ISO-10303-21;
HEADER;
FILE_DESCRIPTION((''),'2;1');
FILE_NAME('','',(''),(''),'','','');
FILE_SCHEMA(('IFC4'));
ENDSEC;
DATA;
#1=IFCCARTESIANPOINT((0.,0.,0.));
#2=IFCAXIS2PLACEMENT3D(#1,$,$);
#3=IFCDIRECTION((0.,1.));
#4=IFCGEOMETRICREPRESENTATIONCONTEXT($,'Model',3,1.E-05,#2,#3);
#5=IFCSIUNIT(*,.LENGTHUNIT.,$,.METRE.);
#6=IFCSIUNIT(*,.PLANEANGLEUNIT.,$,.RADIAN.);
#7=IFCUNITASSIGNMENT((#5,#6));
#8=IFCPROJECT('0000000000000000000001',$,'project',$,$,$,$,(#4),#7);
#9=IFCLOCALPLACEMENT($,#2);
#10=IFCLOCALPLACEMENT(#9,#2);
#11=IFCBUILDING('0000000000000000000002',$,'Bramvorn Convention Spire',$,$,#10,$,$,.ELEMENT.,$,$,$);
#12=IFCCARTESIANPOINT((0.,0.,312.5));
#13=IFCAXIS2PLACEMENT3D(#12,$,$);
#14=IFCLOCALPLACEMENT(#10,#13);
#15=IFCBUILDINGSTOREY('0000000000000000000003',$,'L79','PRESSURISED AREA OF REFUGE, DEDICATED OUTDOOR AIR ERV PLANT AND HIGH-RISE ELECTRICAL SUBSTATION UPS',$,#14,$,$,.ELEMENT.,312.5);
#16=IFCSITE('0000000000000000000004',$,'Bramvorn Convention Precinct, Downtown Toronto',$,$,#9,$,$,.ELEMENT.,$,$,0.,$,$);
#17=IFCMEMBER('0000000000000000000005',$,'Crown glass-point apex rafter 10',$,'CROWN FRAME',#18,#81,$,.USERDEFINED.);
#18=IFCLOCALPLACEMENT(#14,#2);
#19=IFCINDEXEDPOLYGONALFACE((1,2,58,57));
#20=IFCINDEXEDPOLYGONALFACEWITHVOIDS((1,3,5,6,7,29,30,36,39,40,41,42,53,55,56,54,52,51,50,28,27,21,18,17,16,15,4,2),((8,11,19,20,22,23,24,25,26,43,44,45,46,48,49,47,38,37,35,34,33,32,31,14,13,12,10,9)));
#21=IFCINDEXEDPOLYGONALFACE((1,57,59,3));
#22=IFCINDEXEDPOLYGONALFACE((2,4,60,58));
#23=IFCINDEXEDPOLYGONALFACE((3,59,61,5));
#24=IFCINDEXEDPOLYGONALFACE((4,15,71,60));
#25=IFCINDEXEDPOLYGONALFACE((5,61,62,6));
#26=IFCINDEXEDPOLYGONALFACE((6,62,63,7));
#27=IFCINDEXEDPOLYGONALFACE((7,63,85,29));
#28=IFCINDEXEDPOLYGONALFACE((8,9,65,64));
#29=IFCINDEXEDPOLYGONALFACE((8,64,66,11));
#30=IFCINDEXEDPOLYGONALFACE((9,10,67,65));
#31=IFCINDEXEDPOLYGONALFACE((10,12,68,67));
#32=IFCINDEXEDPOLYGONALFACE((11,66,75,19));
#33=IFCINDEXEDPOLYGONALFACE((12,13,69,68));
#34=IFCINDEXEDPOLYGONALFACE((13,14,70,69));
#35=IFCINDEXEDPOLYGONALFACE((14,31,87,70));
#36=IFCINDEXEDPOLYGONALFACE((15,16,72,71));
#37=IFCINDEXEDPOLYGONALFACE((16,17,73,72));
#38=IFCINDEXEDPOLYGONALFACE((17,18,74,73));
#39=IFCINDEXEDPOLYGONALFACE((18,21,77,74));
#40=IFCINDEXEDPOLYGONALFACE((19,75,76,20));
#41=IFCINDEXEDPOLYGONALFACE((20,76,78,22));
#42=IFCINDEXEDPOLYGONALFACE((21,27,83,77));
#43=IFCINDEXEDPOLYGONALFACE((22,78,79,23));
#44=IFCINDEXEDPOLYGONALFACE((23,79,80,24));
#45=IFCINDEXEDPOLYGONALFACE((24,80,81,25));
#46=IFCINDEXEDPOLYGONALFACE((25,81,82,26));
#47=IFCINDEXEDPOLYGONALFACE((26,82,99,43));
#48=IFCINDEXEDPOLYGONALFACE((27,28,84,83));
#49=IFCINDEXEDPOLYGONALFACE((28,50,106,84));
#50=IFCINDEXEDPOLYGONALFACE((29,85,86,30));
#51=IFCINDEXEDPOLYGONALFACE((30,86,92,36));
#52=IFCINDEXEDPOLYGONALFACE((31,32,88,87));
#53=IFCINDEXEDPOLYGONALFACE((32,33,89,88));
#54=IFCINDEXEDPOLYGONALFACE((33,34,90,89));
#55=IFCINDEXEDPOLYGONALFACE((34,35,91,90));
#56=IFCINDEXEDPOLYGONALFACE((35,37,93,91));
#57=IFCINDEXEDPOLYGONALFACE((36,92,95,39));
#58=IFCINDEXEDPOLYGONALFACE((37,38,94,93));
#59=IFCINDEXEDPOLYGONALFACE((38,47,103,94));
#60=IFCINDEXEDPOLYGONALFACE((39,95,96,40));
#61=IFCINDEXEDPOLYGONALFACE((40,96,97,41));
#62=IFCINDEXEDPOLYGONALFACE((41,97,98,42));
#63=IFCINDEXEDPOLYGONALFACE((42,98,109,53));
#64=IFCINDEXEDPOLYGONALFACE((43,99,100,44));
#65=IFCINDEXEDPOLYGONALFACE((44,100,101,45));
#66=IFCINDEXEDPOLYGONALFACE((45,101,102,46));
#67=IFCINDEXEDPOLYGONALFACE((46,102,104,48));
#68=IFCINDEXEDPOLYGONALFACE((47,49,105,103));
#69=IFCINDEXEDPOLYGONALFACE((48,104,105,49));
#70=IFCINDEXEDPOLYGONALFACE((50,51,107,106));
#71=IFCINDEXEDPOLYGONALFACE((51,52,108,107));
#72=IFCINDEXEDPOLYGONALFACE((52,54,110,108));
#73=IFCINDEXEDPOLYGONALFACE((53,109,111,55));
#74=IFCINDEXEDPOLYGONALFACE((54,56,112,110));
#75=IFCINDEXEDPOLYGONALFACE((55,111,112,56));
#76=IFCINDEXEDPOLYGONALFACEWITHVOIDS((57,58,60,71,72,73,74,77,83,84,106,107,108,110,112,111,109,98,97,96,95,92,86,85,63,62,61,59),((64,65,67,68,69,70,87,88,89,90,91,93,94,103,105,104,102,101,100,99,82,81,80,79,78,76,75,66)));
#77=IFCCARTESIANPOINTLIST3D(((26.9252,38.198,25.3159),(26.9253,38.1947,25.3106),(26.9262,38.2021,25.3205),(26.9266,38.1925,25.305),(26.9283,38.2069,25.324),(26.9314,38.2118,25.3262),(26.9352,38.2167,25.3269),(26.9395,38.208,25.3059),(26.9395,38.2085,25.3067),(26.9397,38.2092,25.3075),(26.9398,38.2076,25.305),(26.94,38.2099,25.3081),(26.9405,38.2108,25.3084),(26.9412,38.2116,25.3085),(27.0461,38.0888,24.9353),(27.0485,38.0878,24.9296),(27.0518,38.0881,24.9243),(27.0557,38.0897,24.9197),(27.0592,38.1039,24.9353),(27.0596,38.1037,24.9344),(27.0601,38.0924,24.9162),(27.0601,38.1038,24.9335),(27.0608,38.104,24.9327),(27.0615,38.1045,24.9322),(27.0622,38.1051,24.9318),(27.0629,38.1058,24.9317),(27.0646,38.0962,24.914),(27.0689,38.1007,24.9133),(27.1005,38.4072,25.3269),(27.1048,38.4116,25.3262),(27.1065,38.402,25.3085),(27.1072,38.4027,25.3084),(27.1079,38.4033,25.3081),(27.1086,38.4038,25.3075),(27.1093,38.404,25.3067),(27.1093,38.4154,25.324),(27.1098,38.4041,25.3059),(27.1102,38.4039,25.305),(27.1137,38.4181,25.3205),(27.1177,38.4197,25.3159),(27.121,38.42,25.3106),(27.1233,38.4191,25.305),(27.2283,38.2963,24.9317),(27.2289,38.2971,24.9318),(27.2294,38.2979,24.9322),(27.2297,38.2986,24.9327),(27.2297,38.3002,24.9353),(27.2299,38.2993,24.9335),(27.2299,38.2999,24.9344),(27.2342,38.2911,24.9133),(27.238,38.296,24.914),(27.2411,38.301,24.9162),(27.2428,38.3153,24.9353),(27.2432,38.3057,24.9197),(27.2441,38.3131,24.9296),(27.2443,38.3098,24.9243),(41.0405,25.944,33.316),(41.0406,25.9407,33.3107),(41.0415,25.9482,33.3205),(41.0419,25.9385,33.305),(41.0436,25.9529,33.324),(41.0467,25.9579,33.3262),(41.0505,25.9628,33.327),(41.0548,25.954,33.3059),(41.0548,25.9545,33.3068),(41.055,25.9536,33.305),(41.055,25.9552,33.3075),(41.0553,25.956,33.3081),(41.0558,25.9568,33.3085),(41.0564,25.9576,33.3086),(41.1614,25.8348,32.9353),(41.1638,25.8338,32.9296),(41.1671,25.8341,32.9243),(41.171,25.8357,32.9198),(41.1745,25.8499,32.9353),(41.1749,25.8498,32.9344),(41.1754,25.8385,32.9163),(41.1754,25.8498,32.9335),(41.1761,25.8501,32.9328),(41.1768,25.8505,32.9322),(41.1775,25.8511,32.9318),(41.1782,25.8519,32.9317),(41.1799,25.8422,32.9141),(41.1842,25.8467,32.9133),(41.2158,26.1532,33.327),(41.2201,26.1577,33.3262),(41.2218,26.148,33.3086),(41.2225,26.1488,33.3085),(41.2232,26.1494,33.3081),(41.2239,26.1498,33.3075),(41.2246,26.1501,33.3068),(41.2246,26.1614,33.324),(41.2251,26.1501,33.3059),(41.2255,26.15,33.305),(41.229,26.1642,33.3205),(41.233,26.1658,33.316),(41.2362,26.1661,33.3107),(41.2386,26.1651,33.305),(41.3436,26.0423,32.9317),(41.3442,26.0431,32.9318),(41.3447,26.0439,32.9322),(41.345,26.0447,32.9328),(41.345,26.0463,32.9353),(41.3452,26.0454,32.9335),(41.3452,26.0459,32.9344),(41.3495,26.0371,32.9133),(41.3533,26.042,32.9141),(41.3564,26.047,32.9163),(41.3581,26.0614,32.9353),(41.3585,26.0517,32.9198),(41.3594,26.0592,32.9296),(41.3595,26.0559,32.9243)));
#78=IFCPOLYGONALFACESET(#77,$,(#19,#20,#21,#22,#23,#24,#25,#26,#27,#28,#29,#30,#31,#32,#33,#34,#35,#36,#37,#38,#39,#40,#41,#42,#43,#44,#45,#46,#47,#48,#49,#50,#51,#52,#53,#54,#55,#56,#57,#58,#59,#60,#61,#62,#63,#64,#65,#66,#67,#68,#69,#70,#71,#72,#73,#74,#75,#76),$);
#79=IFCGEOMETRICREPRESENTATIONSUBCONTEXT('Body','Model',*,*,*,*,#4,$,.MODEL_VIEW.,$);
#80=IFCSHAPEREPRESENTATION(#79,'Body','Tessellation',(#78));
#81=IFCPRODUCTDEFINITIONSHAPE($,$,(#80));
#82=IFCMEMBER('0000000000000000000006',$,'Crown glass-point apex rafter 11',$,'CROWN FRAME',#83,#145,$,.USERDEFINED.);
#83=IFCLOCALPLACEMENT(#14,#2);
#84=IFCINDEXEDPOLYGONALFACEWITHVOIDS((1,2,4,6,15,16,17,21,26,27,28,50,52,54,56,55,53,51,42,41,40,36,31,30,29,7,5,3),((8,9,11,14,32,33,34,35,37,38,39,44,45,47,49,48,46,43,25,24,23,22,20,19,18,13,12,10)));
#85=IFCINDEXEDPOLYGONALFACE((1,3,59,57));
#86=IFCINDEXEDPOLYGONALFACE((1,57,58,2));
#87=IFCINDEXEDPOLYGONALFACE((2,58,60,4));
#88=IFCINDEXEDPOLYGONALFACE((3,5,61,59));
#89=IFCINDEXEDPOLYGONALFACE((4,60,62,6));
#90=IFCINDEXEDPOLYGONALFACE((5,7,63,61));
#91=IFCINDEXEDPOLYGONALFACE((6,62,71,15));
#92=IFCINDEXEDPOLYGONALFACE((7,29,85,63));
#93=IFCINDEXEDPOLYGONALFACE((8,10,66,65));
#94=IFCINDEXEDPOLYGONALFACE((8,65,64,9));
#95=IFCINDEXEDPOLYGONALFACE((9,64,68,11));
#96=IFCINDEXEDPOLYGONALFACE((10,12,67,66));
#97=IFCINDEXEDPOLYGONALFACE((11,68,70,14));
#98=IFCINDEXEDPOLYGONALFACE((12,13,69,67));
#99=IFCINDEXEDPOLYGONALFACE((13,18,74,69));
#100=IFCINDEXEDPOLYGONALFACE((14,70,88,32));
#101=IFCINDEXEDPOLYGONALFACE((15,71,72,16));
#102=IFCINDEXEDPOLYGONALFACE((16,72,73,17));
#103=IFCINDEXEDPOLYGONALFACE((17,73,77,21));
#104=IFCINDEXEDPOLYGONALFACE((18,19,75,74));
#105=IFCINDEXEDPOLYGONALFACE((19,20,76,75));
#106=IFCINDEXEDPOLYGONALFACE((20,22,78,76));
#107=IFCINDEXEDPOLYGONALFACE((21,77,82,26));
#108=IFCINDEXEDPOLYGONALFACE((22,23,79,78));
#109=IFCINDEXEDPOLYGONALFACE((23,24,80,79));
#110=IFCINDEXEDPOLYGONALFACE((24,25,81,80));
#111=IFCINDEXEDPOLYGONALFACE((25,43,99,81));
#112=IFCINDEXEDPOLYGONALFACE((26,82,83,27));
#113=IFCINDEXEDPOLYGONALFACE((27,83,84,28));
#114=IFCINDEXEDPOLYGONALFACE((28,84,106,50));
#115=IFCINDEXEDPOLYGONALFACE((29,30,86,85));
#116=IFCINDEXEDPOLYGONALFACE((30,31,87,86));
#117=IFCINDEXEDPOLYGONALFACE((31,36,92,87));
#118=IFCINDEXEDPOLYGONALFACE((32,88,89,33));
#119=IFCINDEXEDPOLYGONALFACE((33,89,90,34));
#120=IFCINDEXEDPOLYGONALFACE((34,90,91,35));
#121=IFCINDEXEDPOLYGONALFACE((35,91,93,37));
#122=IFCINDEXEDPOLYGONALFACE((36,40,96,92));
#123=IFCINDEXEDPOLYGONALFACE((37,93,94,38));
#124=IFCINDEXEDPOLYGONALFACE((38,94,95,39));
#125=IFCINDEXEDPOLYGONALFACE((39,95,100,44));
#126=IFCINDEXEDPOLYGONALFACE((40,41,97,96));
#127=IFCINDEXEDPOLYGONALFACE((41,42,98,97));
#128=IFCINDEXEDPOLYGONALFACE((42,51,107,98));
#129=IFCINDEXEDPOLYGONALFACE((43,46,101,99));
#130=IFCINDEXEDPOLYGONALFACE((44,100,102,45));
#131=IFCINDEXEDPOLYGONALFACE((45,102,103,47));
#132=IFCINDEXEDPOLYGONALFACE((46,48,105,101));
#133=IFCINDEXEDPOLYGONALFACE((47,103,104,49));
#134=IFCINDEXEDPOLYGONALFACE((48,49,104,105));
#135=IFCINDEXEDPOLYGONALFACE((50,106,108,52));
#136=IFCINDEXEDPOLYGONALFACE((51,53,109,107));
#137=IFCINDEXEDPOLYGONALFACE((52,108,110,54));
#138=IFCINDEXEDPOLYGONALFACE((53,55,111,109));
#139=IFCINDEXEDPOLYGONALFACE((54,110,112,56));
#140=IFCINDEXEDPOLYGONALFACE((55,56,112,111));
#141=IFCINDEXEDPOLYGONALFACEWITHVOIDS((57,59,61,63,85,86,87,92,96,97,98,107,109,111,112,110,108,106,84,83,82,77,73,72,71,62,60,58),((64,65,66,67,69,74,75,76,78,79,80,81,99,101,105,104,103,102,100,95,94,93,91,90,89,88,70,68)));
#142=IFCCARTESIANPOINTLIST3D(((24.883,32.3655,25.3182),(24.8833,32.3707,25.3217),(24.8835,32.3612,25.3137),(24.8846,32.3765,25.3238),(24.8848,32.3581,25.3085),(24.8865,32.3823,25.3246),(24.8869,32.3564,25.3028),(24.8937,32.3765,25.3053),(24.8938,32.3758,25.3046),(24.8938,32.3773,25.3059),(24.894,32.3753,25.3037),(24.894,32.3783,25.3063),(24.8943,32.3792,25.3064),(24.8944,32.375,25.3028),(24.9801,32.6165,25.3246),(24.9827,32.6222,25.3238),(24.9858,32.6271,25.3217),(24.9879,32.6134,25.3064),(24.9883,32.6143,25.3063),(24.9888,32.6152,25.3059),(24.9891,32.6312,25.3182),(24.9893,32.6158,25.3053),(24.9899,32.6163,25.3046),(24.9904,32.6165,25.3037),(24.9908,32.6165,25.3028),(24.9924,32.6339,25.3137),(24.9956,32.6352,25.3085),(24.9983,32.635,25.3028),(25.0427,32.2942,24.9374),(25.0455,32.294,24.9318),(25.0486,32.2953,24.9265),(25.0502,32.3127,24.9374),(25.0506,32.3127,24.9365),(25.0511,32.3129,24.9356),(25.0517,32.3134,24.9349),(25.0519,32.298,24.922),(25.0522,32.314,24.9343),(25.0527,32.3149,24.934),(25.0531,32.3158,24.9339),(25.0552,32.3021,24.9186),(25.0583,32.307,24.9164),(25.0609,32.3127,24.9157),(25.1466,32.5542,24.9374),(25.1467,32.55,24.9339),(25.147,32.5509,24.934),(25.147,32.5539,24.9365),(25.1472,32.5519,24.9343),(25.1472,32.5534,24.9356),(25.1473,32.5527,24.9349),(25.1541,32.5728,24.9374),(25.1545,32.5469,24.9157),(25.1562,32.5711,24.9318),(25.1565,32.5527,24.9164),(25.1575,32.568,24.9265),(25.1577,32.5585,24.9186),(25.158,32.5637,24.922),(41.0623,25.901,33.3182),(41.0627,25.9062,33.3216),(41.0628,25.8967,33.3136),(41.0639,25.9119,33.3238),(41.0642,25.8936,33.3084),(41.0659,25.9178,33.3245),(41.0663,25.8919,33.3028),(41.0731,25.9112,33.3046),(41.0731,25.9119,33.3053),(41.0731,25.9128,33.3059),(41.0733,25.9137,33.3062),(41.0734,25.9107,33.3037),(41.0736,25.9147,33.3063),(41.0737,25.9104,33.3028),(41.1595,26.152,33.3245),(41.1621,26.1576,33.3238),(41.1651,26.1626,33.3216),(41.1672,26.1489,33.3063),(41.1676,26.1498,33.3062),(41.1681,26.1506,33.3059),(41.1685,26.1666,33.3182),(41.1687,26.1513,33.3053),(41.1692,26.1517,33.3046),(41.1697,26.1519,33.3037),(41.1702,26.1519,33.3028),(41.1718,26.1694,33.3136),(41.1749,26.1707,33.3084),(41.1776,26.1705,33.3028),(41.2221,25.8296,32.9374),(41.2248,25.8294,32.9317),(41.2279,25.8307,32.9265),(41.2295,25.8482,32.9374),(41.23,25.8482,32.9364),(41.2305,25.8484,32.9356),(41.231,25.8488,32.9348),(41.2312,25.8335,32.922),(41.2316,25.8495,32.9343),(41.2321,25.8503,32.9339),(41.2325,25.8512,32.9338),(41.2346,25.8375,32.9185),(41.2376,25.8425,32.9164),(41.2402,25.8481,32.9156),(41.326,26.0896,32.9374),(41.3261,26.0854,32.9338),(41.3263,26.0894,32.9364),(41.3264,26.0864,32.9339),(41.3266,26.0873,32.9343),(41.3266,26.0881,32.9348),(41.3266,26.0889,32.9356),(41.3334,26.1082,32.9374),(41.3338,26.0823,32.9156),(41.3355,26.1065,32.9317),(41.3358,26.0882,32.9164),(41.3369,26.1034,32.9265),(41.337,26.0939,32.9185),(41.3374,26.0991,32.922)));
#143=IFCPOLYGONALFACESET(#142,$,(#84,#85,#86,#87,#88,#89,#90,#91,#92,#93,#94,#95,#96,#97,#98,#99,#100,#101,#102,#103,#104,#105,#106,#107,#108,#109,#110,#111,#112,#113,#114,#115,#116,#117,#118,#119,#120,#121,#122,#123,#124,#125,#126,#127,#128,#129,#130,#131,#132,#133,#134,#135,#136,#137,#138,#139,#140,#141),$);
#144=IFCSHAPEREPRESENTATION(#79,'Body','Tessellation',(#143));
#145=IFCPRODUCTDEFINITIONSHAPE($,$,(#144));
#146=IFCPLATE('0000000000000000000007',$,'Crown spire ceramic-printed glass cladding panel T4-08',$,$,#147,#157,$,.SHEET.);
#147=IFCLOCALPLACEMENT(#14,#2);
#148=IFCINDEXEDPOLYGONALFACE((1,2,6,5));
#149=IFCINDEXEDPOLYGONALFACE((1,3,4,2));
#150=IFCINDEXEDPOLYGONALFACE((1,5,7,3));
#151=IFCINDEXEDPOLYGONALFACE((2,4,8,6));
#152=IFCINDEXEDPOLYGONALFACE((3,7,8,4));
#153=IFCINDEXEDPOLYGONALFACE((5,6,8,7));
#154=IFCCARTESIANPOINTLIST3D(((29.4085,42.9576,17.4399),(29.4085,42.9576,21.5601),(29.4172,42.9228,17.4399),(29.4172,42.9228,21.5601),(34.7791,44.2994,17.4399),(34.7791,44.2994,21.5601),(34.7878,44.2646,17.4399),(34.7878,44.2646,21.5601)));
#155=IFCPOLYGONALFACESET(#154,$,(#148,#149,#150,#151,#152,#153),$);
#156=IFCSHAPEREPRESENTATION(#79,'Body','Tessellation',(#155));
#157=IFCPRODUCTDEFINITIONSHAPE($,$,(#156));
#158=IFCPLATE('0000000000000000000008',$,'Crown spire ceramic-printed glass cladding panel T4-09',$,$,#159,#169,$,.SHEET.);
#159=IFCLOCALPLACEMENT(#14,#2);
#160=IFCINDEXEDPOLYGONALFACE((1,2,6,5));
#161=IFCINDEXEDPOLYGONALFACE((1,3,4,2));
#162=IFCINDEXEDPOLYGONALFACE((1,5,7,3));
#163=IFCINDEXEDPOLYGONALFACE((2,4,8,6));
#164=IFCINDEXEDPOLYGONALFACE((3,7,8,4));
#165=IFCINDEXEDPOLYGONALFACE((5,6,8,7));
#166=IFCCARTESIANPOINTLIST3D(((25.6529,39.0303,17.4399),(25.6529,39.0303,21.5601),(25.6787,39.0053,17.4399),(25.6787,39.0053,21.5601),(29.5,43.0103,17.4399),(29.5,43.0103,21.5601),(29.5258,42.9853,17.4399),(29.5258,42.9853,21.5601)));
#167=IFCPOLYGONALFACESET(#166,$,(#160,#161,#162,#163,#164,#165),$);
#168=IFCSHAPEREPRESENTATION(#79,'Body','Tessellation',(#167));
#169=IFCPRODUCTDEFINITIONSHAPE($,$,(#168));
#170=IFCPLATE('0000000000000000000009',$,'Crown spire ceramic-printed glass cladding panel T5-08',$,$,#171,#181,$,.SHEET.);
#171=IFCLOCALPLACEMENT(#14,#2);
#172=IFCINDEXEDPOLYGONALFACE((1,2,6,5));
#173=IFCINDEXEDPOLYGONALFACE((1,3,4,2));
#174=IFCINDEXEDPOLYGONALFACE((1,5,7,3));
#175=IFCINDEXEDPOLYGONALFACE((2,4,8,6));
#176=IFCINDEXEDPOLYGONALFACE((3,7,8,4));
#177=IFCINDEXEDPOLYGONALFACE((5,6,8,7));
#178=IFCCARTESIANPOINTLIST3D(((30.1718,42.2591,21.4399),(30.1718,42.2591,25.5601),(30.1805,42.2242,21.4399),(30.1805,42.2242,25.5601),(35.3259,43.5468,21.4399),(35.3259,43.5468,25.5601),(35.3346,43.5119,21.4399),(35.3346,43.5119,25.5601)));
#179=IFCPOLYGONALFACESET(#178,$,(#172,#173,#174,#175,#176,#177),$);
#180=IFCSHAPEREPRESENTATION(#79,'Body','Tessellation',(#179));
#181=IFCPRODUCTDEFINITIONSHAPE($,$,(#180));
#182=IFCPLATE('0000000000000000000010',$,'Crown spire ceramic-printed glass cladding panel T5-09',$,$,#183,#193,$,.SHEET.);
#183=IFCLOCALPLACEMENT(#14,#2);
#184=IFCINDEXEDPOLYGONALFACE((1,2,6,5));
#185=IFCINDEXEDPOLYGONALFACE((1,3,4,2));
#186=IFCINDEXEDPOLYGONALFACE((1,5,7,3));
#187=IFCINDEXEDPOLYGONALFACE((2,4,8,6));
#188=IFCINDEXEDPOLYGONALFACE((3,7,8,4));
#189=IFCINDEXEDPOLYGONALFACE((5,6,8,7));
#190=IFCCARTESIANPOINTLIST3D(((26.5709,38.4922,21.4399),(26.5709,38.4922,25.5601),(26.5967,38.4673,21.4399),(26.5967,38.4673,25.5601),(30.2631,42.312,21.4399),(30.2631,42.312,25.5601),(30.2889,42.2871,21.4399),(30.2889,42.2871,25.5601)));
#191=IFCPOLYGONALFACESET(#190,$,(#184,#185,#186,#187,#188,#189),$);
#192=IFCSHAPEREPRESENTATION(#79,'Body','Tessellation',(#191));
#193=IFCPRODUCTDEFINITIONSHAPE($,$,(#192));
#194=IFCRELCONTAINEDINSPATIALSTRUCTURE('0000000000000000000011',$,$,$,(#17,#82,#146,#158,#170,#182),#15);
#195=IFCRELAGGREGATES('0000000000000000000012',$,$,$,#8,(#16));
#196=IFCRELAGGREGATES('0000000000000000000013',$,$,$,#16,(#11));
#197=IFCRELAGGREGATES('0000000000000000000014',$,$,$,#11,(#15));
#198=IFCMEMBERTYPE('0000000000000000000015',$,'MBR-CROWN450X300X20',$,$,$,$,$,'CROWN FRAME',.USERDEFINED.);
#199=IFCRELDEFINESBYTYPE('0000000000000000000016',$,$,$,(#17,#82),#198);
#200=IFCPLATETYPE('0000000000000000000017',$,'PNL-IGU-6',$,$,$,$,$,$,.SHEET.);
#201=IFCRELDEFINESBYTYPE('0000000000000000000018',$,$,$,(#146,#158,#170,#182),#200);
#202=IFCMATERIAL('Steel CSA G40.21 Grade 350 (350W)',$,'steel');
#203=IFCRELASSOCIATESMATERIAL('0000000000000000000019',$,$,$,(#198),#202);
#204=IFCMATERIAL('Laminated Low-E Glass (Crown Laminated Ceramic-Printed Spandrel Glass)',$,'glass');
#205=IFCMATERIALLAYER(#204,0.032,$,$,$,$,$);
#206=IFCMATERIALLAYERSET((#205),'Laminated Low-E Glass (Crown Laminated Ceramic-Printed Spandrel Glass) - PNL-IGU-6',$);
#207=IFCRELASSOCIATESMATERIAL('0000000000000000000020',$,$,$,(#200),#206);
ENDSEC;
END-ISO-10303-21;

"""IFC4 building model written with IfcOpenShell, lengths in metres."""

from ifc_helpers import new_model, si_unit, direction, frame, origin, origin_2d, place, context, subcontext, project, spatial, rectangle, hollow_rectangle, extrude, material, layer, layer_set, material_profile, profile_set, type_object, element, save


model = new_model("IFC4")

# Units and contexts
model_context = context("Model", 3, precision=1e-05, world=origin(), true_north=direction((0.0, 1.0)))
body_context = subcontext(model_context, "Body", "Model", "MODEL_VIEW")
ifc_project = project(units=[si_unit("LENGTHUNIT", "METRE"), si_unit("PLANEANGLEUNIT", "RADIAN")], contexts=[model_context])

# Site, building, storey
site_placement = place(None, origin())
site = spatial("IfcSite", under=ifc_project, at=site_placement, Name="Bramvorn Convention Precinct, Downtown Toronto", CompositionType="ELEMENT", RefElevation=0.0)
building_placement = place(site_placement, origin())
building = spatial("IfcBuilding", under=site, at=building_placement, Name="Bramvorn Convention Spire", CompositionType="ELEMENT")
storey_placement = place(building_placement, frame((0.0, 0.0, 312.5)))
storey = spatial("IfcBuildingStorey", under=building, at=storey_placement, Name="L79", Description="PRESSURISED AREA OF REFUGE, DEDICATED OUTDOOR AIR ERV PLANT AND HIGH-RISE ELECTRICAL SUBSTATION UPS", CompositionType="ELEMENT", Elevation=312.5)

# Members
ifc_material_1 = material(Name="Steel CSA G40.21 Grade 350 (350W)", Category="steel")
ifc_material_profile = material_profile(ifc_material_1, hollow_rectangle(XDim=0.3, YDim=0.45, WallThickness=0.02, InnerFilletRadius=0.0039, OuterFilletRadius=0.0239, at=origin_2d()))
ifc_profile_set = profile_set([ifc_material_profile], Name="Steel CSA G40.21 Grade 350 (350W) - CROWN450X300X20")
member_type = type_object("IfcMemberType", Name="MBR-CROWN450X300X20", ElementType="CROWN FRAME", PredefinedType="USERDEFINED", material=ifc_profile_set)
member_1_placement = place(storey_placement, frame((27.0847, 38.2539, 25.1201), z_axis=(0.694231, -0.602685, 0.393465), x_axis=(0.655563, 0.755141, 0.0)))
element("IfcMember", 1, at=member_1_placement, inside=storey, type_object=member_type, Name="Crown glass-point apex rafter 10", ObjectType="CROWN FRAME", PredefinedType="USERDEFINED", context=body_context, shape_type="SweptSolid", body=[
    extrude(hollow_rectangle(XDim=0.3, YDim=0.45, WallThickness=0.02, InnerFilletRadius=0.0039, OuterFilletRadius=0.0239, at=origin_2d()), origin(), (0.0, 0.0, 1.0), 20.3323),
])
member_2_placement = place(storey_placement, frame((25.0205, 32.4646, 25.1201), z_axis=(0.84391, -0.33719, 0.417275), x_axis=(0.371036, 0.928619, 0.0)))
element("IfcMember", 2, at=member_2_placement, inside=storey, type_object=member_type, Name="Crown glass-point apex rafter 11", ObjectType="CROWN FRAME", PredefinedType="USERDEFINED", context=body_context, shape_type="SweptSolid", body=[
    extrude(hollow_rectangle(XDim=0.3, YDim=0.45, WallThickness=0.02, InnerFilletRadius=0.0039, OuterFilletRadius=0.0239, at=origin_2d()), origin(), (0.0, 0.0, 1.0), 19.1719),
])

# Plates
ifc_material_2 = material(Name="Laminated Low-E Glass (Crown Laminated Ceramic-Printed Spandrel Glass)", Category="glass")
ifc_layer_1 = layer(ifc_material_2, 0.032)
ifc_layer_set_1 = layer_set([ifc_layer_1], Name="Laminated Low-E Glass (Crown Laminated Ceramic-Printed Spandrel Glass) - PNL-IGU-6")
plate_type = type_object("IfcPlateType", Name="PNL-IGU-6", PredefinedType="SHEET", material=ifc_layer_set_1)
plate_1_placement = place(storey_placement, frame((32.0981, 43.6111, 17.4399), z_axis=(0.0, 0.0, 1.0), x_axis=(-0.970178, -0.242394, 0.0)))
element("IfcPlate", 3, at=plate_1_placement, inside=storey, type_object=plate_type, Name="Crown spire ceramic-printed glass cladding panel T4-08", PredefinedType="SHEET", context=body_context, shape_type="SweptSolid", body=[
    extrude(rectangle(XDim=5.5356, YDim=0.0359, at=origin_2d()), origin(), (0.0, 0.0, 1.0), 4.1201),
])
plate_2_placement = place(storey_placement, frame((27.5894, 41.0078, 17.4399), z_axis=(0.0, 0.0, 1.0), x_axis=(-0.695002, -0.719007, 0.0)))
element("IfcPlate", 4, at=plate_2_placement, inside=storey, type_object=plate_type, Name="Crown spire ceramic-printed glass cladding panel T4-09", PredefinedType="SHEET", context=body_context, shape_type="SweptSolid", body=[
    extrude(rectangle(XDim=5.5354, YDim=0.0359, at=origin_2d()), origin(), (0.0, 0.0, 1.0), 4.1201),
])
for number, where, z_axis, x_axis, name in (
    (5, (32.7532, 42.8855, 21.4399), (0.0, 0.0, 1.0), (-0.970179, -0.242391, 0.0), "Crown spire ceramic-printed glass cladding panel T5-08"),
    (6, (28.4299, 40.3896, 21.4399), (0.0, 0.0, 1.0), (-0.694997, -0.719013, 0.0), "Crown spire ceramic-printed glass cladding panel T5-09"),
):
    element("IfcPlate", number, at=place(storey_placement, frame(where, z_axis=z_axis, x_axis=x_axis)), inside=storey, type_object=plate_type, Name=name, PredefinedType="SHEET", context=body_context, shape_type="SweptSolid", body=[
        extrude(rectangle(XDim=5.3125, YDim=0.0359, at=origin_2d()), origin(), (0.0, 0.0, 1.0), 4.1201),
    ])

save(model, "model.ifc")
